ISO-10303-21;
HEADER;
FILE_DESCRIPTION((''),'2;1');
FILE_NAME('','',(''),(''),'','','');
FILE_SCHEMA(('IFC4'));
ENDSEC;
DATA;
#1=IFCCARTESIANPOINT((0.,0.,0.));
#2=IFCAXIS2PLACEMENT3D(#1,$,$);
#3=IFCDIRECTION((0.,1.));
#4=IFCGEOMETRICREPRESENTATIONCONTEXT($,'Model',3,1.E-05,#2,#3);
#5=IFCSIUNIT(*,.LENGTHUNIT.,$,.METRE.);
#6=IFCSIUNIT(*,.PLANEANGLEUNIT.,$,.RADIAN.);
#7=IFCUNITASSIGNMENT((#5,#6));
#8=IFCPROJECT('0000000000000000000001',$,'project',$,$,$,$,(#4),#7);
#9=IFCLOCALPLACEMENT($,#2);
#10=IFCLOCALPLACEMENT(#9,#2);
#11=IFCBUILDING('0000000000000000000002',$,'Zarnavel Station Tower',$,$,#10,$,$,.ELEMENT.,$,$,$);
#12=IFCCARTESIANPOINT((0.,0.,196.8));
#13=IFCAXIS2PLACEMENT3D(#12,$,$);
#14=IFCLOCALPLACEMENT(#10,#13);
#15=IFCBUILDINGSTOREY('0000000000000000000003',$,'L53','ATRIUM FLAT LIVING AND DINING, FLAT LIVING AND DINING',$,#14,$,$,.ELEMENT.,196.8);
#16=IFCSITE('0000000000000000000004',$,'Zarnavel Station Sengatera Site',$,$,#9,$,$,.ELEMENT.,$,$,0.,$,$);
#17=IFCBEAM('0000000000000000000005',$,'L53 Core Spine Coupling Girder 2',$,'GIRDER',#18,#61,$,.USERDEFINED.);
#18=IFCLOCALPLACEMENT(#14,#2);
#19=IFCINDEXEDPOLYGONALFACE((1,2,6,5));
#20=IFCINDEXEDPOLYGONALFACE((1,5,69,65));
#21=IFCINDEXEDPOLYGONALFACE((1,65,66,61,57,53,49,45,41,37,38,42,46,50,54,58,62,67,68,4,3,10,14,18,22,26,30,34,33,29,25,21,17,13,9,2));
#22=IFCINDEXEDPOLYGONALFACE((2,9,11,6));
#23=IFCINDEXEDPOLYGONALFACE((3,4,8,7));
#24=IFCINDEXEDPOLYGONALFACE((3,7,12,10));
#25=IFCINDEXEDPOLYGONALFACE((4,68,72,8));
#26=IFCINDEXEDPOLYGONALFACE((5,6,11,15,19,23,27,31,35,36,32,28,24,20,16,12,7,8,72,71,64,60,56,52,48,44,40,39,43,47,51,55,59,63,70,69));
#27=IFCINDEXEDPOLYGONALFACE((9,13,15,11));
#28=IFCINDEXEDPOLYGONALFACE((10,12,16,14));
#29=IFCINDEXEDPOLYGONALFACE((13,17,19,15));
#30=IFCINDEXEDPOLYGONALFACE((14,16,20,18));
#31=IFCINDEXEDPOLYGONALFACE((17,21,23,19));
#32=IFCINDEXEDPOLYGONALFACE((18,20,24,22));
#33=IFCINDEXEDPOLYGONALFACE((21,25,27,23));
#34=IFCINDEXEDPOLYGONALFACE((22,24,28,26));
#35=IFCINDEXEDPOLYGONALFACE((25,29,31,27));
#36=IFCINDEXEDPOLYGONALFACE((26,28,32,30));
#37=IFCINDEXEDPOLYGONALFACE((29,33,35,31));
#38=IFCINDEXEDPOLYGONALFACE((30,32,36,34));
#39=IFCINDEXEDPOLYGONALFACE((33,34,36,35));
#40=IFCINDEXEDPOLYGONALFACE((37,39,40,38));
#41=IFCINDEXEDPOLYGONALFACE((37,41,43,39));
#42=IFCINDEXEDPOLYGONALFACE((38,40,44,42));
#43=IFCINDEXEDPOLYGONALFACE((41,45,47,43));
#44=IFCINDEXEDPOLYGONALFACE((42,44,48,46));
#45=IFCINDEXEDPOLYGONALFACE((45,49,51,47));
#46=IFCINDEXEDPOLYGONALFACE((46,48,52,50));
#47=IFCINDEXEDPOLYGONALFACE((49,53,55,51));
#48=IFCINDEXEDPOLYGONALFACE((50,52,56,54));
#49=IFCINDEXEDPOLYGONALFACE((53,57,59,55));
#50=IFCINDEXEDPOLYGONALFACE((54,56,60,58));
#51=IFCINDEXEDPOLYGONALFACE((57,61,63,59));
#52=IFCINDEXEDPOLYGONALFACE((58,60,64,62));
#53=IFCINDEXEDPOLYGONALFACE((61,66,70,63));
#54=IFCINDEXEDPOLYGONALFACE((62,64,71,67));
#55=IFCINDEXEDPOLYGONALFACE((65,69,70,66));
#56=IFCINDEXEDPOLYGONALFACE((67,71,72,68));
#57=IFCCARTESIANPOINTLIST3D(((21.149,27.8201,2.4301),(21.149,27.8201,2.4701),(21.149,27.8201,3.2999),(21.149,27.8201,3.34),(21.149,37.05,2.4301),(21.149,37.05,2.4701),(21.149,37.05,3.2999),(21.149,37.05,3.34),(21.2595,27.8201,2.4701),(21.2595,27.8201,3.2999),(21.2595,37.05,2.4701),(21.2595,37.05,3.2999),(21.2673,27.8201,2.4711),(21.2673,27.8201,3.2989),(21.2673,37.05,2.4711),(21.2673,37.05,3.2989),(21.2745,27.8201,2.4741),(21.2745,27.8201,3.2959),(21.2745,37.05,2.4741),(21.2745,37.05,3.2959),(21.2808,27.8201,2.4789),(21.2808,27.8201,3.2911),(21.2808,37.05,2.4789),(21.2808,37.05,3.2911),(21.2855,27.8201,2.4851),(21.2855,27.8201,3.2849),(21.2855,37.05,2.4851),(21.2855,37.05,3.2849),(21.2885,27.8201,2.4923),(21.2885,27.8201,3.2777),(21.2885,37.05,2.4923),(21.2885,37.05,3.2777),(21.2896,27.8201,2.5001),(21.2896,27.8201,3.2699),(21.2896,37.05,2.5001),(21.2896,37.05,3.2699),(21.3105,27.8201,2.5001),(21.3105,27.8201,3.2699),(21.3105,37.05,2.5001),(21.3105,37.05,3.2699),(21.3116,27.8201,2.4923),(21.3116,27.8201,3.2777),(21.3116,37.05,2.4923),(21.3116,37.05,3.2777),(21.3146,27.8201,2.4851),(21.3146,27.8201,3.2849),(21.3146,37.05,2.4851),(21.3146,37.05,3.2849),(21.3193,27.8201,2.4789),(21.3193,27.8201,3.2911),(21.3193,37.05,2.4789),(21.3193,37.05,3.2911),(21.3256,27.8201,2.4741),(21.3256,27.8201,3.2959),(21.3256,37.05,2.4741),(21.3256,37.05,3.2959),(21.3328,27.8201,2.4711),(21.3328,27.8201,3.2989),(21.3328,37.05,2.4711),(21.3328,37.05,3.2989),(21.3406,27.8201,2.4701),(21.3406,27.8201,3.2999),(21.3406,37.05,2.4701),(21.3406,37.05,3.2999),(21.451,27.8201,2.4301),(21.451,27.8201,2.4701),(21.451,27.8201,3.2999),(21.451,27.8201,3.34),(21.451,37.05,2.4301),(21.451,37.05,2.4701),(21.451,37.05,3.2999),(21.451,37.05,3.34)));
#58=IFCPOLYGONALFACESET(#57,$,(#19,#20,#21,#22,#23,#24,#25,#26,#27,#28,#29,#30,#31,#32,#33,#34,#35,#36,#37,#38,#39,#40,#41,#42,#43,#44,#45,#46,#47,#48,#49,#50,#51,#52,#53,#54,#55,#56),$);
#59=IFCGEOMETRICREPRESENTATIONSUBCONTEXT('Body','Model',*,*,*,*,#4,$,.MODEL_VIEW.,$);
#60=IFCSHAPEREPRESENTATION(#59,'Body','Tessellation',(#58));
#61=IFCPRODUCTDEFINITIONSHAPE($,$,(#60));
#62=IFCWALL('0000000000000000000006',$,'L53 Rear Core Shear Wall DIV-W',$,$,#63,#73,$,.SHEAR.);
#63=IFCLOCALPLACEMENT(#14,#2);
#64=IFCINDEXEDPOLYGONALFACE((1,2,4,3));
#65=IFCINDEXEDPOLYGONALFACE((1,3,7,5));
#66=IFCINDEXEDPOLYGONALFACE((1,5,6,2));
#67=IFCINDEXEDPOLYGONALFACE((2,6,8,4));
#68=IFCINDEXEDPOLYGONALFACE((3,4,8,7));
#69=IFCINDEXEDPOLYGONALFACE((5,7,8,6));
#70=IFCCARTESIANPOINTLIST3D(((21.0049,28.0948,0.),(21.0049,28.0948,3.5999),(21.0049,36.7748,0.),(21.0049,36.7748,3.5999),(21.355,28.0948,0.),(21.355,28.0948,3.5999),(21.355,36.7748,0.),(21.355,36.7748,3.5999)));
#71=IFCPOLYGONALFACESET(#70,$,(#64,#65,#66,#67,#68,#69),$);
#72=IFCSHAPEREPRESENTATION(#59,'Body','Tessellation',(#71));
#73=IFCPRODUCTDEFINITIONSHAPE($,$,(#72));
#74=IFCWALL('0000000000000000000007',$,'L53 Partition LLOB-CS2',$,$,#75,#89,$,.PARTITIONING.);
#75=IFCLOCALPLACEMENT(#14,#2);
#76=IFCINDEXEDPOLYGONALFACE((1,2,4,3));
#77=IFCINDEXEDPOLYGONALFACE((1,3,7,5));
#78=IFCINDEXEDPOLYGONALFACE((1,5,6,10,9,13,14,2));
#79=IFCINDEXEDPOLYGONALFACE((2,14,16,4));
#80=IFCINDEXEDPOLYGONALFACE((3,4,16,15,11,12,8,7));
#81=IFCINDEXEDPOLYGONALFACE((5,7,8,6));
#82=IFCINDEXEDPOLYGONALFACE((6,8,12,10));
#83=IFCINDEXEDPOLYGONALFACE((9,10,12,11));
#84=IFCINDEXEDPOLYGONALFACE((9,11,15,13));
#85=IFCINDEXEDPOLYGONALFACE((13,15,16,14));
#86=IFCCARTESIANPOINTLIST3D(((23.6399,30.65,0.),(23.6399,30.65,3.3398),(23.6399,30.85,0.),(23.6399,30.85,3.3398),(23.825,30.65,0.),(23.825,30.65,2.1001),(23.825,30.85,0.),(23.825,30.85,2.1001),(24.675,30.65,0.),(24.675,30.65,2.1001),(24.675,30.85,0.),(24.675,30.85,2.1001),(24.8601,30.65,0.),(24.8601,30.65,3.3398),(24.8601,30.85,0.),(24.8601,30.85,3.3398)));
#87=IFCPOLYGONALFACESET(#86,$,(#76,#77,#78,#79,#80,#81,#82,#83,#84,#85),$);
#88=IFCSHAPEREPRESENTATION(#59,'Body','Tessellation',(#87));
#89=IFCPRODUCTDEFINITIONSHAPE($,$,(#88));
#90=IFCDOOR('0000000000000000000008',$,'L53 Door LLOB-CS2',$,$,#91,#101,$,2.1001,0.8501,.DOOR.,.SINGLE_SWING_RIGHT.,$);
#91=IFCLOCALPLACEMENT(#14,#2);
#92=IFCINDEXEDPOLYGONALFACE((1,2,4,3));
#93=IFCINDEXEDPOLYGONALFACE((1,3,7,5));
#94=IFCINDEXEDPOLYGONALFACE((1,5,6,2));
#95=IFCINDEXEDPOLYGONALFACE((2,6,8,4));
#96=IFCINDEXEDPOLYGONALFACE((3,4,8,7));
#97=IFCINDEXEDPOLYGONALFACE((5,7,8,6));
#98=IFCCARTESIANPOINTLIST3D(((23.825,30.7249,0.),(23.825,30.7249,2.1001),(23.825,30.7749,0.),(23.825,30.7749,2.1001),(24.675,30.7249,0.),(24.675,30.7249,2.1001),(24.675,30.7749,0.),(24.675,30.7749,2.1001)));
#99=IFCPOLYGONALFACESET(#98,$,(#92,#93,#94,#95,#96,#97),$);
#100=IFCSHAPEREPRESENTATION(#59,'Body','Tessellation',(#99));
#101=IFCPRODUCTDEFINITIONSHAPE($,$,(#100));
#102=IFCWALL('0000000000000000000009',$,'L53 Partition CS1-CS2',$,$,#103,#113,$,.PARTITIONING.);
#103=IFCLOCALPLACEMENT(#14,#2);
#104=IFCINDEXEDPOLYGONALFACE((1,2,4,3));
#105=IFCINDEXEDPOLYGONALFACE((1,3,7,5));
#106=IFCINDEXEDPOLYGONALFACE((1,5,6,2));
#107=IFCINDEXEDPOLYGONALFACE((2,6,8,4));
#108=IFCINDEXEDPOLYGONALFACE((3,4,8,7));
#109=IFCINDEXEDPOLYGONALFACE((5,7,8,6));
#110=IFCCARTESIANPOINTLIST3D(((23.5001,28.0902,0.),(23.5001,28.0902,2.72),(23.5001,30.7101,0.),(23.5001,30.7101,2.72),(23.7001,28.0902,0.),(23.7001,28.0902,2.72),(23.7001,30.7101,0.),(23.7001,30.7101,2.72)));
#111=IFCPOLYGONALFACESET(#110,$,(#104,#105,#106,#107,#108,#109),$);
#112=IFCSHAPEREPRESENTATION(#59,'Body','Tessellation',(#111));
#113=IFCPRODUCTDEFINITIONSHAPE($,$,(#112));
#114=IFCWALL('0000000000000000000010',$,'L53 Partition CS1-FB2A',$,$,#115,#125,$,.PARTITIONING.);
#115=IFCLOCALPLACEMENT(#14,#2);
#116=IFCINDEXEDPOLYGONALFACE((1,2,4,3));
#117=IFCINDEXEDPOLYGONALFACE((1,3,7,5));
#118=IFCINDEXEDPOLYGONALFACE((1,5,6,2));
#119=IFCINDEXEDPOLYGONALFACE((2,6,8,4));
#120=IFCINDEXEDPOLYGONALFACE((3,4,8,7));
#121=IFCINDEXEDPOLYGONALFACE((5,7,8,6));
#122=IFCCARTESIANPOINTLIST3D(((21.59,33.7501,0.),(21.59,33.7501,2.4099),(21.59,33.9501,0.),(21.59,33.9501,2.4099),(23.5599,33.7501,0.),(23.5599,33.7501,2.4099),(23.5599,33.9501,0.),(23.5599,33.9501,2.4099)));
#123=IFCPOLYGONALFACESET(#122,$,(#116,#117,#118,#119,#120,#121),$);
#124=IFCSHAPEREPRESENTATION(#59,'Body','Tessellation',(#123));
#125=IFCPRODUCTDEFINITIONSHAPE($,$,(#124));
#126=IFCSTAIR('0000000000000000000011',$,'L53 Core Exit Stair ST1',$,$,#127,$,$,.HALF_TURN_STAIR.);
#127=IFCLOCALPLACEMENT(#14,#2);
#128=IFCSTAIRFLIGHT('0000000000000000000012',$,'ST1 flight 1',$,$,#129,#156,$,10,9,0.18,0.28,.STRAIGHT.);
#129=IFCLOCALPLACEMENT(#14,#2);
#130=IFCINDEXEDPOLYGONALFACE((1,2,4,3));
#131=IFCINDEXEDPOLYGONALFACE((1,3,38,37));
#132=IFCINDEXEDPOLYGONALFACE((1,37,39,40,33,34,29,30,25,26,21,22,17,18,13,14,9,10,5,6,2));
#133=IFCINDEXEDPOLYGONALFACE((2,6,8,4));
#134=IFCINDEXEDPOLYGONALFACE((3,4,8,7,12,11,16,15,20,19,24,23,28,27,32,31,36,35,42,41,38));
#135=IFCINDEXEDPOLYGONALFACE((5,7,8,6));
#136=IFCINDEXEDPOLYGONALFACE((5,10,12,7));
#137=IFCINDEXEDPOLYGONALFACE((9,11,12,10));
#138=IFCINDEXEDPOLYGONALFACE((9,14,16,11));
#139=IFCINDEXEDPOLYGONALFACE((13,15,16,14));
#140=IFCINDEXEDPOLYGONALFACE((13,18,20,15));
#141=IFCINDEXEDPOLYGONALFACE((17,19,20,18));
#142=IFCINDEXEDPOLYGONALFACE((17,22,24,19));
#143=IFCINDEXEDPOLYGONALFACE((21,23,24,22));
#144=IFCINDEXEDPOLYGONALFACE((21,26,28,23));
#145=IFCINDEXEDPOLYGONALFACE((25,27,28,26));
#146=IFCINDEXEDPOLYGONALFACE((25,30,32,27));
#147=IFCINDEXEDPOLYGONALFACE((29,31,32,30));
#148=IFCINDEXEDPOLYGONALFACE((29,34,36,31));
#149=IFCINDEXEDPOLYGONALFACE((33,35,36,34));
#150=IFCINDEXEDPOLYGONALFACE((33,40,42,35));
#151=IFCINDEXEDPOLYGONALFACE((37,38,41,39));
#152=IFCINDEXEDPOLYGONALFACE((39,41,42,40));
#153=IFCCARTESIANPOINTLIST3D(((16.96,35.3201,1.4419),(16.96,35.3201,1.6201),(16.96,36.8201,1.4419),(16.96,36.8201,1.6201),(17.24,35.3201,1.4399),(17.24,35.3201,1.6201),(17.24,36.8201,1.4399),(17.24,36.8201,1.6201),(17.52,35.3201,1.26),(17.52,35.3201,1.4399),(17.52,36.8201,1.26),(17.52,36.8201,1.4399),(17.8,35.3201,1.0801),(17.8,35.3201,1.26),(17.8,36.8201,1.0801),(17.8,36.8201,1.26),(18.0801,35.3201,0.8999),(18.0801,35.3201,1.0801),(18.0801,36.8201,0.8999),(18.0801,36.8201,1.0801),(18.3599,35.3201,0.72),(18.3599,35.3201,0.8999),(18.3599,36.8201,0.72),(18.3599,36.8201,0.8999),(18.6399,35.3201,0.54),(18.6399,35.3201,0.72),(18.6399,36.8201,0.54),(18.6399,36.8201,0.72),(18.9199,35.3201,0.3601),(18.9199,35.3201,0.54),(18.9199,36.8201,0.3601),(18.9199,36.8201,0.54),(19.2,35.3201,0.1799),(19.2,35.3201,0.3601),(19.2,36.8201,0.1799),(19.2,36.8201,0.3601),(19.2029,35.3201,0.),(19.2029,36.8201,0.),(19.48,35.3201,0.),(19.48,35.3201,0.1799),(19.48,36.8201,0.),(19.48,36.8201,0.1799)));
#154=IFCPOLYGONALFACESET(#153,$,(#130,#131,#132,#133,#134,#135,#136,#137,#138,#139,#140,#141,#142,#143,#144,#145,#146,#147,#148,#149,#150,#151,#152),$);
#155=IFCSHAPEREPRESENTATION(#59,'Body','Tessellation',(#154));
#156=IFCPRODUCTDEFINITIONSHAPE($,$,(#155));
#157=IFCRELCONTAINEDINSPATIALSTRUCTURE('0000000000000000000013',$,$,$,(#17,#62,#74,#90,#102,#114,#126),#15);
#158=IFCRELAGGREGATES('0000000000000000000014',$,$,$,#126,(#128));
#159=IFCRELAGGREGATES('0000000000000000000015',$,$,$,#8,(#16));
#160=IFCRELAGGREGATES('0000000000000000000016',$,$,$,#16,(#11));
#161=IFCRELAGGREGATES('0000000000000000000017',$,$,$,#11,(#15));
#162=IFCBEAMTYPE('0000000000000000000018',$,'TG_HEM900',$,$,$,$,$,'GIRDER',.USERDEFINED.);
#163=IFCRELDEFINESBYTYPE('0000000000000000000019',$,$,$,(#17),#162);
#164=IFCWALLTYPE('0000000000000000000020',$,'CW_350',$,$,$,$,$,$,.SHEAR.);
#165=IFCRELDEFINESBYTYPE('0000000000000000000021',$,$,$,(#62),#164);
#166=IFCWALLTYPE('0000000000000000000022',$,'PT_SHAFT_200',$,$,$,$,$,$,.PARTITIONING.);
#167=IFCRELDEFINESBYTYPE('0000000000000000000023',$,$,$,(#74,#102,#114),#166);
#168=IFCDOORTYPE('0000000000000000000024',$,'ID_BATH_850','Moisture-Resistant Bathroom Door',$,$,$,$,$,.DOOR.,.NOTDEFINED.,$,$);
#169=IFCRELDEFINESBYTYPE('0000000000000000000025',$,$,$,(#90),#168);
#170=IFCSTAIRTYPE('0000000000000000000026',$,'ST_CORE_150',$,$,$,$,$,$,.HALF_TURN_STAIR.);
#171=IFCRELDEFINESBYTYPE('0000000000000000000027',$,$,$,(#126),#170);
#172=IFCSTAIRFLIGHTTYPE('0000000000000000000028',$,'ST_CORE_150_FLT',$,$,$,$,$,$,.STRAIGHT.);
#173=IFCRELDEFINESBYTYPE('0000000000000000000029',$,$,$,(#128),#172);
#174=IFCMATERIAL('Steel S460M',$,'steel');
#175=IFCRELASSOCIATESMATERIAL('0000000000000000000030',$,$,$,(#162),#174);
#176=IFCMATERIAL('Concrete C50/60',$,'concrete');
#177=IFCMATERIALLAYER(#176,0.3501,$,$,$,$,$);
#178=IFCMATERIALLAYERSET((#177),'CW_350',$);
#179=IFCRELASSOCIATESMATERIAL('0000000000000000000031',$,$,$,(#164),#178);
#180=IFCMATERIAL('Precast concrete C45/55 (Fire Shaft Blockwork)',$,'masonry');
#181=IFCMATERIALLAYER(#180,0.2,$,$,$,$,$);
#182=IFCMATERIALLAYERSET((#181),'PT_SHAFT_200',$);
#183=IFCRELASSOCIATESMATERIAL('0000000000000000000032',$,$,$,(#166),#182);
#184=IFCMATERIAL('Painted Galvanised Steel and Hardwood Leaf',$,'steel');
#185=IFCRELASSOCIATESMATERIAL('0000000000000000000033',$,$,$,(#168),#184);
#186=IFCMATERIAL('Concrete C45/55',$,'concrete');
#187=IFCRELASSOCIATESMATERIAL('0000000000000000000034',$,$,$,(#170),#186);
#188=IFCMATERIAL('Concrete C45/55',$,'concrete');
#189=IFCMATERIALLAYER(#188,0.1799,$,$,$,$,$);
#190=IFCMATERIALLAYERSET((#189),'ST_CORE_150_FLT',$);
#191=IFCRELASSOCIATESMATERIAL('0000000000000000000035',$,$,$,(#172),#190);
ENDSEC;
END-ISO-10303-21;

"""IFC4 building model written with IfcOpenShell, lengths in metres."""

from ifc_helpers import new_model, si_unit, direction, frame, frame_2d, origin, origin_2d, place, context, subcontext, project, spatial, polyline, rectangle, i_section, outline, extrude, material, layer, layer_set, material_profile, profile_set, type_object, element, fill, aggregate, save


model = new_model("IFC4")

# Units and contexts
model_context = context("Model", 3, precision=1e-05, world=origin(), true_north=direction((0.0, 1.0)))
body_context = subcontext(model_context, "Body", "Model", "MODEL_VIEW")
ifc_project = project(units=[si_unit("LENGTHUNIT", "METRE"), si_unit("PLANEANGLEUNIT", "RADIAN")], contexts=[model_context])

# Site, building, storey
site_placement = place(None, origin())
site = spatial("IfcSite", under=ifc_project, at=site_placement, Name="Zarnavel Station Sengatera Site", CompositionType="ELEMENT", RefElevation=0.0)
building_placement = place(site_placement, origin())
building = spatial("IfcBuilding", under=site, at=building_placement, Name="Zarnavel Station Tower", CompositionType="ELEMENT")
storey_placement = place(building_placement, frame((0.0, 0.0, 196.8)))
storey = spatial("IfcBuildingStorey", under=building, at=storey_placement, Name="L53", Description="ATRIUM FLAT LIVING AND DINING, FLAT LIVING AND DINING", CompositionType="ELEMENT", Elevation=196.8)

# Beam
ifc_material_1 = material(Name="Steel S460M", Category="steel")
ifc_material_profile_1 = material_profile(ifc_material_1, i_section(OverallWidth=0.302, OverallDepth=0.9099, WebThickness=0.021, FlangeThickness=0.04, FilletRadius=0.03, at=origin_2d()), Name="HEM900")
ifc_profile_set_1 = profile_set([ifc_material_profile_1], Name="Steel S460M")
beam_type_1 = type_object("IfcBeamType", Name="TG_HEM900", ElementType="GIRDER", PredefinedType="USERDEFINED", material=ifc_profile_set_1)
beam_1_placement = place(storey_placement, frame((21.3, 27.8201, 2.885), z_axis=(0.0, 1.0, 0.0), x_axis=(-1.0, 0.0, 0.0)))
element("IfcBeam", 1, at=beam_1_placement, inside=storey, type_object=beam_type_1, Name="L53 Core Spine Coupling Girder 2", ObjectType="GIRDER", PredefinedType="USERDEFINED", context=body_context, shape_type="SweptSolid", body=[
    extrude(i_section(OverallWidth=0.302, OverallDepth=0.9099, WebThickness=0.021, FlangeThickness=0.04, FilletRadius=0.03, at=origin_2d()), origin(), (0.0, 0.0, 1.0), 9.23),
])

# Wall
ifc_material_2 = material(Name="Concrete C50/60", Category="concrete")
ifc_layer_1 = layer(ifc_material_2, 0.3501)
ifc_layer_set_1 = layer_set([ifc_layer_1], Name="CW_350")
wall_type_1 = type_object("IfcWallType", Name="CW_350", PredefinedType="SHEAR", material=ifc_layer_set_1)
wall_1_placement = place(storey_placement, frame((21.1799, 28.095, 0.0), z_axis=(0.0, 0.0, 1.0), x_axis=(0.0, 1.0, 0.0)))
element("IfcWall", 2, at=wall_1_placement, inside=storey, type_object=wall_type_1, Name="L53 Rear Core Shear Wall DIV-W", PredefinedType="SHEAR", context=body_context, shape_type="SweptSolid", body=[
    extrude(rectangle(XDim=8.6799, YDim=0.3501, at=frame_2d((4.3398, 0.0))), origin(), (0.0, 0.0, 1.0), 3.5999),
])

# Wall, opening, door
ifc_material_3 = material(Name="Precast concrete C45/55 (Fire Shaft Blockwork)", Category="masonry")
ifc_layer_2 = layer(ifc_material_3, 0.2)
ifc_layer_set_2 = layer_set([ifc_layer_2], Name="PT_SHAFT_200")
wall_type_2 = type_object("IfcWallType", Name="PT_SHAFT_200", PredefinedType="PARTITIONING", material=ifc_layer_set_2)
wall_2_placement = place(storey_placement, frame((23.6399, 30.75, 0.0), z_axis=(0.0, 0.0, 1.0), x_axis=(1.0, 0.0, 0.0)))
wall_2 = element("IfcWall", 3, at=wall_2_placement, inside=storey, type_object=wall_type_2, Name="L53 Partition LLOB-CS2", PredefinedType="PARTITIONING", context=body_context, shape_type="SweptSolid", body=[
    extrude(rectangle(XDim=1.2202, YDim=0.2, at=frame_2d((0.6101, 0.0))), origin(), (0.0, 0.0, 1.0), 3.3398),
])
opening_1_placement = place(wall_2_placement, frame((0.1851, 0.0, 0.0)))
opening_1 = element("IfcOpeningElement", 4, at=opening_1_placement, cuts=wall_2, PredefinedType="OPENING", context=body_context, shape_type="SweptSolid", body=[
    extrude(rectangle(XDim=0.8501, YDim=2.1001, at=frame_2d((0.425, 1.05))), frame((0.0, 0.1099, 0.0), z_axis=(0.0, -1.0, 0.0), x_axis=(1.0, 0.0, 0.0)), (0.0, 0.0, 1.0), 0.22),
])
ifc_material_4 = material(Name="Painted Galvanised Steel and Hardwood Leaf", Category="steel")
door_type_1 = type_object("IfcDoorType", Name="ID_BATH_850", Description="Moisture-Resistant Bathroom Door", OperationType="NOTDEFINED", PredefinedType="DOOR", material=ifc_material_4)
door_1_placement = place(opening_1_placement, origin())
door_1 = element("IfcDoor", 5, at=door_1_placement, inside=storey, type_object=door_type_1, Name="L53 Door LLOB-CS2", OperationType="SINGLE_SWING_RIGHT", OverallHeight=2.1001, OverallWidth=0.8501, PredefinedType="DOOR", context=body_context, shape_type="SweptSolid", body=[
    extrude(rectangle(XDim=0.8501, YDim=2.1001, at=frame_2d((0.425, 1.05))), frame((0.0, 0.0249, 0.0), z_axis=(0.0, -1.0, 0.0), x_axis=(1.0, 0.0, 0.0)), (0.0, 0.0, 1.0), 0.05),
])
fill(opening_1, door_1)

# Walls
wall_3_placement = place(storey_placement, frame((23.6001, 28.0901, 0.0), z_axis=(0.0, 0.0, 1.0), x_axis=(0.0, 1.0, 0.0)))
element("IfcWall", 6, at=wall_3_placement, inside=storey, type_object=wall_type_2, Name="L53 Partition CS1-CS2", PredefinedType="PARTITIONING", context=body_context, shape_type="SweptSolid", body=[
    extrude(rectangle(XDim=2.6199, YDim=0.2, at=frame_2d((1.3101, 0.0))), origin(), (0.0, 0.0, 1.0), 2.72),
])
wall_4_placement = place(storey_placement, frame((21.5901, 33.8501, 0.0), z_axis=(0.0, 0.0, 1.0), x_axis=(1.0, 0.0, 0.0)))
element("IfcWall", 7, at=wall_4_placement, inside=storey, type_object=wall_type_2, Name="L53 Partition CS1-FB2A", PredefinedType="PARTITIONING", context=body_context, shape_type="SweptSolid", body=[
    extrude(rectangle(XDim=1.97, YDim=0.2, at=frame_2d((0.9849, 0.0))), origin(), (0.0, 0.0, 1.0), 2.4099),
])

# Stair, stair flight
ifc_material_5 = material(Name="Concrete C45/55", Category="concrete")
stair_type = type_object("IfcStairType", Name="ST_CORE_150", PredefinedType="HALF_TURN_STAIR", material=ifc_material_5)
stair_placement = place(storey_placement, origin())
stair = element("IfcStair", 8, at=stair_placement, inside=storey, type_object=stair_type, Name="L53 Core Exit Stair ST1", PredefinedType="HALF_TURN_STAIR")
ifc_material_6 = material(Name="Concrete C45/55", Category="concrete")
ifc_layer_3 = layer(ifc_material_6, 0.1799)
ifc_layer_set_3 = layer_set([ifc_layer_3], Name="ST_CORE_150_FLT")
stair_flight_type = type_object("IfcStairFlightType", Name="ST_CORE_150_FLT", PredefinedType="STRAIGHT", material=ifc_layer_set_3)
stair_flight_1_placement = place(storey_placement, frame((19.48, 36.0701, 0.0), z_axis=(0.0, 0.0, 1.0), x_axis=(-1.0, 0.0, 0.0)))
stair_flight_1 = element("IfcStairFlight", 9, at=stair_flight_1_placement, type_object=stair_flight_type, Name="ST1 flight 1", NumberOfRisers=10, NumberOfTreads=9, PredefinedType="STRAIGHT", RiserHeight=0.18, TreadLength=0.28, context=body_context, shape_type="SweptSolid", body=[
    extrude(outline(polyline([(0.0, 0.0), (0.0, 0.1799), (0.28, 0.1799), (0.28, 0.3601), (0.5601, 0.3601), (0.5601, 0.54), (0.8401, 0.54), (0.8401, 0.72), (1.1201, 0.72), (1.1201, 0.8999), (1.3999, 0.8999), (1.3999, 1.0801), (1.6799, 1.0801), (1.6799, 1.26), (1.96, 1.26), (1.96, 1.4399), (2.24, 1.4399), (2.24, 1.6201), (2.52, 1.6201), (2.52, 1.8), (2.52, 1.4419), (0.2771, 0.0), (0.0, 0.0)])), frame((0.0, 0.75, 0.0), z_axis=(0.0, -1.0, 0.0), x_axis=(1.0, 0.0, 0.0)), (0.0, 0.0, 1.0), 1.5),
])
aggregate(stair, [stair_flight_1])

save(model, "model.ifc")
